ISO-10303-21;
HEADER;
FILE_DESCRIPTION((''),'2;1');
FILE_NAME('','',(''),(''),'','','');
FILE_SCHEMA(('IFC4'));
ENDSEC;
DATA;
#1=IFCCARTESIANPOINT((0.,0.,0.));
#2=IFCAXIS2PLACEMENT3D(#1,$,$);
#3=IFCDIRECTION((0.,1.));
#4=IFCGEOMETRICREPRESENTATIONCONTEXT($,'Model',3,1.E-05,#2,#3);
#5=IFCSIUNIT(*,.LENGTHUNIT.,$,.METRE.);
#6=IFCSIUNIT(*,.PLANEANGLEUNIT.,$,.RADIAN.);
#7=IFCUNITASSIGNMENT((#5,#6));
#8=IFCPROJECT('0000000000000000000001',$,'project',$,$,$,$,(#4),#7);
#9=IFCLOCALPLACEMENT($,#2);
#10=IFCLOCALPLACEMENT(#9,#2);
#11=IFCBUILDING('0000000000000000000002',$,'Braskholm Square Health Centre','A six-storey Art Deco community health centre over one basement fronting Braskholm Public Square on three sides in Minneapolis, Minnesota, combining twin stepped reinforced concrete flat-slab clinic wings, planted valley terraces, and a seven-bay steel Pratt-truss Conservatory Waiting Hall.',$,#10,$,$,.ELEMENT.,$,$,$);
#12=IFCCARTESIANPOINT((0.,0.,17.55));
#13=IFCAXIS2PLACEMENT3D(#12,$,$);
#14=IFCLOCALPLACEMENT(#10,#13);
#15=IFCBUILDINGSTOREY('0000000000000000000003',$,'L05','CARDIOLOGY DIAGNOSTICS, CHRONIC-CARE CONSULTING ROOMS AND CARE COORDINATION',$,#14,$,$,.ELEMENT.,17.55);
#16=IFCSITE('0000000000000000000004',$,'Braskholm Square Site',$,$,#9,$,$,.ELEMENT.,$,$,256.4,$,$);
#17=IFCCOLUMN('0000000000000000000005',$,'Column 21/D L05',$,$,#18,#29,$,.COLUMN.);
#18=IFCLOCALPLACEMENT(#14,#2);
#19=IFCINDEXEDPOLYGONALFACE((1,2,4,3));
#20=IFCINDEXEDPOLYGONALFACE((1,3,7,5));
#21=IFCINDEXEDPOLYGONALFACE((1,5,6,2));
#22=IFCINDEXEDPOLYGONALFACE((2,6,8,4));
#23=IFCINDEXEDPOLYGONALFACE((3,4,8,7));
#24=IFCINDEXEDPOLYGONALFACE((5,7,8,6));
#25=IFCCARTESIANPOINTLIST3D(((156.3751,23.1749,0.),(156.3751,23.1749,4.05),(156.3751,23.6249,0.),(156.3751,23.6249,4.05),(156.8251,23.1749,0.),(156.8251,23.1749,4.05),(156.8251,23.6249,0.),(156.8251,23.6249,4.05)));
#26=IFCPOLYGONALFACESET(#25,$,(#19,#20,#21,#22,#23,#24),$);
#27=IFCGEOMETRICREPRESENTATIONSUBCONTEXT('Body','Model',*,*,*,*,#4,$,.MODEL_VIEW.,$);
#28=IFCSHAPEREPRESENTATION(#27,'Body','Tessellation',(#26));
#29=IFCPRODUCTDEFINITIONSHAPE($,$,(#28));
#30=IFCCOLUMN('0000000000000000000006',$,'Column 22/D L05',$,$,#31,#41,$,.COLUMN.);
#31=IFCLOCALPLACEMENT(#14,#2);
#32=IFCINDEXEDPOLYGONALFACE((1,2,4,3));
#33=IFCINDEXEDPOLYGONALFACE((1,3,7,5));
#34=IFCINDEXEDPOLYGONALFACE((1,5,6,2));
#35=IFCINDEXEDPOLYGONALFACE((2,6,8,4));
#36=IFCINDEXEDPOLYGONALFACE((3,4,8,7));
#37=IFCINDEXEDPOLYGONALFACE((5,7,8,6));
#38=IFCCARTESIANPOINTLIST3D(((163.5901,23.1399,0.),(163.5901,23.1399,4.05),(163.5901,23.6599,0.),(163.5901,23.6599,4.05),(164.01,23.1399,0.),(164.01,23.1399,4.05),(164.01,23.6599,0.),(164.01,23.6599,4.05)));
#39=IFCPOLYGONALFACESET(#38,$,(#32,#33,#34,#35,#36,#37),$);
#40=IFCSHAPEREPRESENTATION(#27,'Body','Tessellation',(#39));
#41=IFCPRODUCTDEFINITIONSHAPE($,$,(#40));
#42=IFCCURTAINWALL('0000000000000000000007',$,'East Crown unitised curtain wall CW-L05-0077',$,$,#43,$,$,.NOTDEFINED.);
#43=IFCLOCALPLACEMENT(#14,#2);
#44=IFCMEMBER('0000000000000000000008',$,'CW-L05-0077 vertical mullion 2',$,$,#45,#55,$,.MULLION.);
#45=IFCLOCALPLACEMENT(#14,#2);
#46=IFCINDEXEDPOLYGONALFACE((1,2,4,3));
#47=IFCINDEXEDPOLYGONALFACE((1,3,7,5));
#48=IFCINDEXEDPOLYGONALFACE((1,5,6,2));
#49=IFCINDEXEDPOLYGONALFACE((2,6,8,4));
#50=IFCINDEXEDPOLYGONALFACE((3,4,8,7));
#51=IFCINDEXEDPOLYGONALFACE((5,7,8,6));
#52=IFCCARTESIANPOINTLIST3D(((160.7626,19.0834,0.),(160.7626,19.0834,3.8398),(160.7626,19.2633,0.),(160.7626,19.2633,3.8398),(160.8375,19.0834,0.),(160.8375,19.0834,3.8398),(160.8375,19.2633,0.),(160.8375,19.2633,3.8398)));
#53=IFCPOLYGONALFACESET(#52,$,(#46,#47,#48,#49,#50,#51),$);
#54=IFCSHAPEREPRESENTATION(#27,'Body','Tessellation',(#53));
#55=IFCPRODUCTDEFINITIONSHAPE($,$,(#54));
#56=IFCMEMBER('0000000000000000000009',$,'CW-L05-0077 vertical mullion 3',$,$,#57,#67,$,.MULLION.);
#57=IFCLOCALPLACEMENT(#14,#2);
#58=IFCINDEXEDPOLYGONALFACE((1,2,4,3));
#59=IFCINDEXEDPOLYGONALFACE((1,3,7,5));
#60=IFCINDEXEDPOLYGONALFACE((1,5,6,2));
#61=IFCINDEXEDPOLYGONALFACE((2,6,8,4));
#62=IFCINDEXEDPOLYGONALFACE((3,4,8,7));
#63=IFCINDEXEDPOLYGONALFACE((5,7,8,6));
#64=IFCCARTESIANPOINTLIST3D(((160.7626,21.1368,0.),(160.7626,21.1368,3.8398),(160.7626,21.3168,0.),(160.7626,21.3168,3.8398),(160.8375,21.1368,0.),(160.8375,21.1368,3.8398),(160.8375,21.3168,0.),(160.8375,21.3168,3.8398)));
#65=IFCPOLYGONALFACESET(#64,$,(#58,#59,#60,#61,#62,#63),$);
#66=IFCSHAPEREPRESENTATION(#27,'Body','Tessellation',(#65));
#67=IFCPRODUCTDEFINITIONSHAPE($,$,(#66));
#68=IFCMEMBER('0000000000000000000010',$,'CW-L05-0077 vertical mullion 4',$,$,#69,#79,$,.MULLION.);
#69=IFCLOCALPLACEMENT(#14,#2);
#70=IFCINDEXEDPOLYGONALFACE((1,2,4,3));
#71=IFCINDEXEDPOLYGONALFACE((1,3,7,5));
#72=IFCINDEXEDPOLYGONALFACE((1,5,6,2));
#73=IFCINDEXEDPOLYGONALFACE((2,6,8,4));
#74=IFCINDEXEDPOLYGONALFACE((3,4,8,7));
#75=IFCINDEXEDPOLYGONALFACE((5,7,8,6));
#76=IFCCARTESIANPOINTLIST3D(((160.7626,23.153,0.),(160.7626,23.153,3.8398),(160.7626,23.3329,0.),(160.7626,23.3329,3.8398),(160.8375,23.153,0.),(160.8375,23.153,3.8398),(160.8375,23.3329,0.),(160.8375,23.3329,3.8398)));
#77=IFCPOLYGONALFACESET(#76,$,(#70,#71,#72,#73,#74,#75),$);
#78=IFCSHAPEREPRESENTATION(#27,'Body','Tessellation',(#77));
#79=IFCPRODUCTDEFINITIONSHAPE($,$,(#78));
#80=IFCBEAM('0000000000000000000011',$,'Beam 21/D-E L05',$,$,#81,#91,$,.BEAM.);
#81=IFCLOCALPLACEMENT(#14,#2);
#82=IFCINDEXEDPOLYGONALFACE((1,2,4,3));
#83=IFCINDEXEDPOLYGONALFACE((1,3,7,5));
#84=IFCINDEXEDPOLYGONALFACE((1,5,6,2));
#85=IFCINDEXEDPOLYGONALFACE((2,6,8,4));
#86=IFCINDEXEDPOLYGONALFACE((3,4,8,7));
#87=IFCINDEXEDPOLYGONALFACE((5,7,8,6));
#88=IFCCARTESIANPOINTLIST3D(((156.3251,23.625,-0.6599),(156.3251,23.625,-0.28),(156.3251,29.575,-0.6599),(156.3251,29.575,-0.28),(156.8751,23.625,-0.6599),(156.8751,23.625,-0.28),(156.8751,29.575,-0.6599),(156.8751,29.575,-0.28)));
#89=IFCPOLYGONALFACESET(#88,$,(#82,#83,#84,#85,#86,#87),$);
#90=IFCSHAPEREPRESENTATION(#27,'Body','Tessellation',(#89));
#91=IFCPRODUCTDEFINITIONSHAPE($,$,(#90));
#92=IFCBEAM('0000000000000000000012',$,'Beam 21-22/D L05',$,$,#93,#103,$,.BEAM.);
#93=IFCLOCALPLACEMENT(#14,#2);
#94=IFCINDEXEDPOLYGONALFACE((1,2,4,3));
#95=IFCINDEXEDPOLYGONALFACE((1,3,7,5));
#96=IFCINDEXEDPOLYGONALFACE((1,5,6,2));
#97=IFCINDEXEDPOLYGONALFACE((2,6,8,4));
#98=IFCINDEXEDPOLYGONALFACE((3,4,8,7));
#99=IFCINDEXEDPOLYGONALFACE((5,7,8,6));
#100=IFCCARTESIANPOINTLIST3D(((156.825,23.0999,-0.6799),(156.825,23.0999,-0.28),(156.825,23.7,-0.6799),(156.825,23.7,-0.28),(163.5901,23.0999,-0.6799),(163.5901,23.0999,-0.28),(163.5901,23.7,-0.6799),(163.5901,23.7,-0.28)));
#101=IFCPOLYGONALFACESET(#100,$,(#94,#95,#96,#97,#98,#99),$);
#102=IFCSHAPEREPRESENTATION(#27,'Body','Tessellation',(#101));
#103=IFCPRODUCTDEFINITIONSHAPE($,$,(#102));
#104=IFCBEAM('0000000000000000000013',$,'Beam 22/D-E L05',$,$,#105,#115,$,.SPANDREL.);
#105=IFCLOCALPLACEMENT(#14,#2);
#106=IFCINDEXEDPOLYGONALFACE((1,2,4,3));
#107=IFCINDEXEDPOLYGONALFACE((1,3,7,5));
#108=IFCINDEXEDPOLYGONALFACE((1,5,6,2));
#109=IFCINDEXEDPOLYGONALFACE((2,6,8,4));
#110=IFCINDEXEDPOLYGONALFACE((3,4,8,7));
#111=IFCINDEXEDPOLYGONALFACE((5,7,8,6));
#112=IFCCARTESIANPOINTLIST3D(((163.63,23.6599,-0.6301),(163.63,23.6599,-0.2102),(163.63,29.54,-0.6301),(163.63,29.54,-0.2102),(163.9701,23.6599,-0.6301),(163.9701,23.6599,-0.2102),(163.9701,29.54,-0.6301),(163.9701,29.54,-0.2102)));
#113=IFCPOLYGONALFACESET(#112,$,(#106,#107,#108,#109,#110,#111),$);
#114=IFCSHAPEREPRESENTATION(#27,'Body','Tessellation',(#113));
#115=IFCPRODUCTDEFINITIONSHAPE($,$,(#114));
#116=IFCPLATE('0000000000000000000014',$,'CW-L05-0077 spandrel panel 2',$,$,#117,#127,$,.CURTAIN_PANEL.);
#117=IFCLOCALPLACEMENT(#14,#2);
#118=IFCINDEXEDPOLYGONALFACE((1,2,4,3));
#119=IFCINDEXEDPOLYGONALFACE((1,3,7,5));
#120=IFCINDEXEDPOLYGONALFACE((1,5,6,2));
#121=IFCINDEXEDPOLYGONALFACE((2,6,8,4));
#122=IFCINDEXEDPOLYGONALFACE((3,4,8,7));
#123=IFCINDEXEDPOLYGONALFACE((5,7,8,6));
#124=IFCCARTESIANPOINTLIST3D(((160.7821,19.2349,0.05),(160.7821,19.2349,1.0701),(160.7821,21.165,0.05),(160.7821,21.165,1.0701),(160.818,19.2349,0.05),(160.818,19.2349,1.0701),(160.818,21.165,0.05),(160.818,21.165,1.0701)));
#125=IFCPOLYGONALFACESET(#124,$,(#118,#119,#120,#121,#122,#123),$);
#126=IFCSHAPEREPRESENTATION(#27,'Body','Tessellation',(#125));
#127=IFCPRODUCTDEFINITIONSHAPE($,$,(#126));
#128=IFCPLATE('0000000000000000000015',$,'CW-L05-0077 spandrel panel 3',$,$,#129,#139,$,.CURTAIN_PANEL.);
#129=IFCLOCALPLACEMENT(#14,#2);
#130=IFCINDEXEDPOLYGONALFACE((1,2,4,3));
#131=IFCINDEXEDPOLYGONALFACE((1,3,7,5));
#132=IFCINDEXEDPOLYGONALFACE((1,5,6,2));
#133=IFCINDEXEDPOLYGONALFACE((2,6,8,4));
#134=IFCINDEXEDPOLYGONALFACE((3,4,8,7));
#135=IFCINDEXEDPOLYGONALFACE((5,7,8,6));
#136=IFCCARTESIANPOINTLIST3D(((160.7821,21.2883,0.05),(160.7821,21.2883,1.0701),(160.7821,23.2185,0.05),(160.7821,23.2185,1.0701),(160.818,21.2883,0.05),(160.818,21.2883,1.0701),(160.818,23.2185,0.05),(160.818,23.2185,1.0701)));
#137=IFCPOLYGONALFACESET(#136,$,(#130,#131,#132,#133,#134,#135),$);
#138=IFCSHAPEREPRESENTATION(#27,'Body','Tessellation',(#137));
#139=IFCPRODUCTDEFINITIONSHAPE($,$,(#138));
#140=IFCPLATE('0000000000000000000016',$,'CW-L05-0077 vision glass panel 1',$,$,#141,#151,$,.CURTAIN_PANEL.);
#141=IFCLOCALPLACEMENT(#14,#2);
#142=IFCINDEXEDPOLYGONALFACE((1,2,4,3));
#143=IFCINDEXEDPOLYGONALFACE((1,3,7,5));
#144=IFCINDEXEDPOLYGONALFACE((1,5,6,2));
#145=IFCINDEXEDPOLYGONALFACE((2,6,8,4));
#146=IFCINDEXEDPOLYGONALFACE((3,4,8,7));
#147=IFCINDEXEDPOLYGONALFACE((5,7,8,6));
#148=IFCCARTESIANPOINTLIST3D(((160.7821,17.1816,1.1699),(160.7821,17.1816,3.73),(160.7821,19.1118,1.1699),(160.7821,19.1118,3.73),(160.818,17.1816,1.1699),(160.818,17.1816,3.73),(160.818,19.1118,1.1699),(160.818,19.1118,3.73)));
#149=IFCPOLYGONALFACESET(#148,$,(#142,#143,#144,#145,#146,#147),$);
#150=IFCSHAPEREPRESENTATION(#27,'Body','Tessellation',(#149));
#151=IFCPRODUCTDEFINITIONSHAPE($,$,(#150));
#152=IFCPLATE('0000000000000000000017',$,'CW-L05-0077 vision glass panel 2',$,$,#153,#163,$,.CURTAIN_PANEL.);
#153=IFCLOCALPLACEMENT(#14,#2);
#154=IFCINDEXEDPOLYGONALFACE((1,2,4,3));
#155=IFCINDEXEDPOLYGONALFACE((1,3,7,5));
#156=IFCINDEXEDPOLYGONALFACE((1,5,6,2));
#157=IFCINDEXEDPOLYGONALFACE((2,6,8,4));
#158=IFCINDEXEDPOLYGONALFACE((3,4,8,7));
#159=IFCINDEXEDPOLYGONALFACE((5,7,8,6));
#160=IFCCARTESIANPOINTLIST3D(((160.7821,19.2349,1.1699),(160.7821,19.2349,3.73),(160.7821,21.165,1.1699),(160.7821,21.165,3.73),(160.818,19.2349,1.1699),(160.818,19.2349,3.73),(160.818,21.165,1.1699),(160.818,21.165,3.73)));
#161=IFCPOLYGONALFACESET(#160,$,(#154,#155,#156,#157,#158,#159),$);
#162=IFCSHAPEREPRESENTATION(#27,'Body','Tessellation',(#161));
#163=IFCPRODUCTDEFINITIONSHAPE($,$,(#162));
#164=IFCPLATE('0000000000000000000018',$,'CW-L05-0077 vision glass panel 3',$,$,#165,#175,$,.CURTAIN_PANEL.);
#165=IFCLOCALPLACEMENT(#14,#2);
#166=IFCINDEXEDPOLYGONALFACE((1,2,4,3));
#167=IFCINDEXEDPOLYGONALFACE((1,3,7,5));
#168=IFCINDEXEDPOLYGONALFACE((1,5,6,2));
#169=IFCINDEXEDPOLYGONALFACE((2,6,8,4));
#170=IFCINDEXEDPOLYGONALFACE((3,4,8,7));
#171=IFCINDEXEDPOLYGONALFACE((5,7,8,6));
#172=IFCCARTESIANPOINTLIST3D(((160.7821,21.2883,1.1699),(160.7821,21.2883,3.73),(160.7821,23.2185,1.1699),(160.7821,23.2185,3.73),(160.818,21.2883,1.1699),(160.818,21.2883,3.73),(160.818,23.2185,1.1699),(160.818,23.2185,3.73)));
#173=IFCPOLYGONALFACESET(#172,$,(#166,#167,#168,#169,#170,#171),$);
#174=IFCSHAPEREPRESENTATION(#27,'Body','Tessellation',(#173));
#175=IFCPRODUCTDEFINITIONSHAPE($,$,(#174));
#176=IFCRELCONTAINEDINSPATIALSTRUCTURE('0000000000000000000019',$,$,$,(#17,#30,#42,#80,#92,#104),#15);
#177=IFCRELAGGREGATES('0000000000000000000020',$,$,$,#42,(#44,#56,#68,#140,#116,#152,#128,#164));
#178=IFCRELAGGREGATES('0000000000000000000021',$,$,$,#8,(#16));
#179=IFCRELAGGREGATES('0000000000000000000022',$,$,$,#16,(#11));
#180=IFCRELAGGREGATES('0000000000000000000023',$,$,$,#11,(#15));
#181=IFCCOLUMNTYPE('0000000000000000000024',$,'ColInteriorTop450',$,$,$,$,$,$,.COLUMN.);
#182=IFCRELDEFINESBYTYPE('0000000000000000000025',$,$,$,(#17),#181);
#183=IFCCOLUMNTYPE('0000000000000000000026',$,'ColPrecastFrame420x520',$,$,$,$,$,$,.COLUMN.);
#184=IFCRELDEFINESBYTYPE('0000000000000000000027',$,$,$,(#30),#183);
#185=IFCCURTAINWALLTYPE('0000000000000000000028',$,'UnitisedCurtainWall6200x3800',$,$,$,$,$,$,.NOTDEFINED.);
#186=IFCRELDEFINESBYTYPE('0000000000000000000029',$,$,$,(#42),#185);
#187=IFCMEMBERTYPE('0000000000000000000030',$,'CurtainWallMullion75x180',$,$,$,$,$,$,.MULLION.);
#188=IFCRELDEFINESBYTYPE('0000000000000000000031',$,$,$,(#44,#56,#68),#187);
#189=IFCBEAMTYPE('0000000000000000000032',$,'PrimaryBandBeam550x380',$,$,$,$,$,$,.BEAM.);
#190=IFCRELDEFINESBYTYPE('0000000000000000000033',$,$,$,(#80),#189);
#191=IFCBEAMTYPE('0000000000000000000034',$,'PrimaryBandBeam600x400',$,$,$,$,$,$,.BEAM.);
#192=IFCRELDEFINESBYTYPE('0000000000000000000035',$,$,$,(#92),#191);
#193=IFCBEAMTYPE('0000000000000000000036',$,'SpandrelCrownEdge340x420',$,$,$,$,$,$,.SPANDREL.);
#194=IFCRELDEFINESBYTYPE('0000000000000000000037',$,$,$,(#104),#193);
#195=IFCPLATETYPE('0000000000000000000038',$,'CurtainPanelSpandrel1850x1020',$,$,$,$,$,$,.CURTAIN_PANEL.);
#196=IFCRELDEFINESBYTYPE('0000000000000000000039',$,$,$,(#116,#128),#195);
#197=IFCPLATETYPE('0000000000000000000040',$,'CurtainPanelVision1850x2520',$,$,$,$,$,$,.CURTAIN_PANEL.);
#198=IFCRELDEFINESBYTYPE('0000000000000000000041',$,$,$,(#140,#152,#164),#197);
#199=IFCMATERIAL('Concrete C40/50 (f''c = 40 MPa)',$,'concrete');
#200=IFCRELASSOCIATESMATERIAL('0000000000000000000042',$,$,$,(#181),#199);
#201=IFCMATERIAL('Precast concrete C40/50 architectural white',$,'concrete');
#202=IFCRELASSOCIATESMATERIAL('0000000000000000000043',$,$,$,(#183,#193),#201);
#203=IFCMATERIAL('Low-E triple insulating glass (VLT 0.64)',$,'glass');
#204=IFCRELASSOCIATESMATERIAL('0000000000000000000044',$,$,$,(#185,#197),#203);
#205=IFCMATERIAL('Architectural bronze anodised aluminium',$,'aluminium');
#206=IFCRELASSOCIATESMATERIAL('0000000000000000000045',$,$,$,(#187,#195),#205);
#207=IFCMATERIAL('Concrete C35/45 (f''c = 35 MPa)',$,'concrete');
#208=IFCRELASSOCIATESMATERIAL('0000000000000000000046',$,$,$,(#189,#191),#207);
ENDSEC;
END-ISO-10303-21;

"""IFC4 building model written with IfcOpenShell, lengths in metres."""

from ifc_helpers import new_model, si_unit, direction, frame, origin, origin_2d, place, context, subcontext, project, spatial, rectangle, extrude, material, material_profile, profile_set, type_object, element, aggregate, save


model = new_model("IFC4")

# Units and contexts
model_context = context("Model", 3, precision=1e-05, world=origin(), true_north=direction((0.0, 1.0)))
body_context = subcontext(model_context, "Body", "Model", "MODEL_VIEW")
ifc_project = project(units=[si_unit("LENGTHUNIT", "METRE"), si_unit("PLANEANGLEUNIT", "RADIAN")], contexts=[model_context])

# Site, building, storey
site_placement = place(None, origin())
site = spatial("IfcSite", under=ifc_project, at=site_placement, Name="Braskholm Square Site", CompositionType="ELEMENT", RefElevation=256.4)
building_placement = place(site_placement, origin())
building = spatial("IfcBuilding", under=site, at=building_placement, Name="Braskholm Square Health Centre", Description="A six-storey Art Deco community health centre over one basement fronting Braskholm Public Square on three sides in Minneapolis, Minnesota, combining twin stepped reinforced concrete flat-slab clinic wings, planted valley terraces, and a seven-bay steel Pratt-truss Conservatory Waiting Hall.", CompositionType="ELEMENT")
storey_placement = place(building_placement, frame((0.0, 0.0, 17.55)))
storey = spatial("IfcBuildingStorey", under=building, at=storey_placement, Name="L05", Description="CARDIOLOGY DIAGNOSTICS, CHRONIC-CARE CONSULTING ROOMS AND CARE COORDINATION", CompositionType="ELEMENT", Elevation=17.55)

# Columns
ifc_material_1 = material(Name="Concrete C40/50 (f'c = 40 MPa)", Category="concrete")
ifc_material_profile_1 = material_profile(ifc_material_1, rectangle(XDim=0.45, YDim=0.45, at=origin_2d()), Name="RC-450X450")
ifc_profile_set_1 = profile_set([ifc_material_profile_1], Name="Concrete C40/50 (f'c = 40 MPa)")
column_type_1 = type_object("IfcColumnType", Name="ColInteriorTop450", PredefinedType="COLUMN", material=ifc_profile_set_1)
column_1_placement = place(storey_placement, frame((156.6001, 23.3999, 0.0), z_axis=(0.0, 0.0, 1.0), x_axis=(1.0, 0.0, 0.0)))
element("IfcColumn", 1, at=column_1_placement, inside=storey, type_object=column_type_1, Name="Column 21/D L05", PredefinedType="COLUMN", context=body_context, shape_type="SweptSolid", body=[
    extrude(rectangle(XDim=0.45, YDim=0.45, at=origin_2d()), origin(), (0.0, 0.0, 1.0), 4.05),
])
ifc_material_2 = material(Name="Precast concrete C40/50 architectural white", Category="concrete")
ifc_material_profile_2 = material_profile(ifc_material_2, rectangle(XDim=0.4199, YDim=0.52, at=origin_2d()), Name="RC-420X520")
ifc_profile_set_2 = profile_set([ifc_material_profile_2], Name="Precast concrete C40/50 architectural white")
column_type_2 = type_object("IfcColumnType", Name="ColPrecastFrame420x520", PredefinedType="COLUMN", material=ifc_profile_set_2)
column_2_placement = place(storey_placement, frame((163.8, 23.3999, 0.0), z_axis=(0.0, 0.0, 1.0), x_axis=(1.0, 0.0, 0.0)))
element("IfcColumn", 2, at=column_2_placement, inside=storey, type_object=column_type_2, Name="Column 22/D L05", PredefinedType="COLUMN", context=body_context, shape_type="SweptSolid", body=[
    extrude(rectangle(XDim=0.4199, YDim=0.52, at=origin_2d()), origin(), (0.0, 0.0, 1.0), 4.05),
])

# Curtain wall, members
ifc_material_3 = material(Name="Low-E triple insulating glass (VLT 0.64)", Category="glass")
curtain_wall_type = type_object("IfcCurtainWallType", Name="UnitisedCurtainWall6200x3800", PredefinedType="NOTDEFINED", material=ifc_material_3)
curtain_wall_placement = place(storey_placement, origin())
curtain_wall = element("IfcCurtainWall", 3, at=curtain_wall_placement, inside=storey, type_object=curtain_wall_type, Name="East Crown unitised curtain wall CW-L05-0077", PredefinedType="NOTDEFINED")
ifc_material_4 = material(Name="Architectural bronze anodised aluminium", Category="aluminium")
ifc_material_profile_3 = material_profile(ifc_material_4, rectangle(XDim=0.075, YDim=0.1799, at=origin_2d()), Name="ALU-75X180")
ifc_profile_set_3 = profile_set([ifc_material_profile_3], Name="Architectural bronze anodised aluminium")
member_type = type_object("IfcMemberType", Name="CurtainWallMullion75x180", PredefinedType="MULLION", material=ifc_profile_set_3)
member_1_placement = place(storey_placement, frame((160.8, 19.1733, 0.0), z_axis=(0.0, 0.0, 1.0), x_axis=(1.0, 0.0, 0.0)))
member_1 = element("IfcMember", 4, at=member_1_placement, type_object=member_type, Name="CW-L05-0077 vertical mullion 2", PredefinedType="MULLION", context=body_context, shape_type="SweptSolid", body=[
    extrude(rectangle(XDim=0.075, YDim=0.1799, at=origin_2d()), origin(), (0.0, 0.0, 1.0), 3.8398),
])
member_2_placement = place(storey_placement, frame((160.8, 21.2268, 0.0), z_axis=(0.0, 0.0, 1.0), x_axis=(1.0, 0.0, 0.0)))
member_2 = element("IfcMember", 5, at=member_2_placement, type_object=member_type, Name="CW-L05-0077 vertical mullion 3", PredefinedType="MULLION", context=body_context, shape_type="SweptSolid", body=[
    extrude(rectangle(XDim=0.075, YDim=0.1799, at=origin_2d()), origin(), (0.0, 0.0, 1.0), 3.8398),
])
member_3_placement = place(storey_placement, frame((160.8, 23.2429, 0.0), z_axis=(0.0, 0.0, 1.0), x_axis=(1.0, 0.0, 0.0)))
member_3 = element("IfcMember", 6, at=member_3_placement, type_object=member_type, Name="CW-L05-0077 vertical mullion 4", PredefinedType="MULLION", context=body_context, shape_type="SweptSolid", body=[
    extrude(rectangle(XDim=0.075, YDim=0.1799, at=origin_2d()), origin(), (0.0, 0.0, 1.0), 3.8398),
])

# Beams
ifc_material_5 = material(Name="Concrete C35/45 (f'c = 35 MPa)", Category="concrete")
ifc_material_profile_4 = material_profile(ifc_material_5, rectangle(XDim=0.55, YDim=0.3799, at=origin_2d()), Name="RCB-550X380")
ifc_profile_set_4 = profile_set([ifc_material_profile_4], Name="Concrete C35/45 (f'c = 35 MPa)")
beam_type_1 = type_object("IfcBeamType", Name="PrimaryBandBeam550x380", PredefinedType="BEAM", material=ifc_profile_set_4)
beam_1_placement = place(storey_placement, frame((156.6001, 23.625, -0.47), z_axis=(0.0, 1.0, 0.0), x_axis=(-1.0, 0.0, 0.0)))
element("IfcBeam", 7, at=beam_1_placement, inside=storey, type_object=beam_type_1, Name="Beam 21/D-E L05", PredefinedType="BEAM", context=body_context, shape_type="SweptSolid", body=[
    extrude(rectangle(XDim=0.55, YDim=0.3799, at=origin_2d()), origin(), (0.0, 0.0, 1.0), 5.95),
])
ifc_material_profile_5 = material_profile(ifc_material_5, rectangle(XDim=0.6001, YDim=0.3999, at=origin_2d()), Name="RCB-600X400")
ifc_profile_set_5 = profile_set([ifc_material_profile_5], Name="Concrete C35/45 (f'c = 35 MPa)")
beam_type_2 = type_object("IfcBeamType", Name="PrimaryBandBeam600x400", PredefinedType="BEAM", material=ifc_profile_set_5)
beam_2_placement = place(storey_placement, frame((156.825, 23.3999, -0.48), z_axis=(1.0, 0.0, 0.0), x_axis=(0.0, 1.0, 0.0)))
element("IfcBeam", 8, at=beam_2_placement, inside=storey, type_object=beam_type_2, Name="Beam 21-22/D L05", PredefinedType="BEAM", context=body_context, shape_type="SweptSolid", body=[
    extrude(rectangle(XDim=0.6001, YDim=0.3999, at=origin_2d()), origin(), (0.0, 0.0, 1.0), 6.7651),
])
ifc_material_profile_6 = material_profile(ifc_material_2, rectangle(XDim=0.3401, YDim=0.4199, at=origin_2d()), Name="RCB-340X420")
ifc_profile_set_6 = profile_set([ifc_material_profile_6], Name="Precast concrete C40/50 architectural white")
beam_type_3 = type_object("IfcBeamType", Name="SpandrelCrownEdge340x420", PredefinedType="SPANDREL", material=ifc_profile_set_6)
beam_3_placement = place(storey_placement, frame((163.8, 23.6599, -0.4202), z_axis=(0.0, 1.0, 0.0), x_axis=(-1.0, 0.0, 0.0)))
element("IfcBeam", 9, at=beam_3_placement, inside=storey, type_object=beam_type_3, Name="Beam 22/D-E L05", PredefinedType="SPANDREL", context=body_context, shape_type="SweptSolid", body=[
    extrude(rectangle(XDim=0.3401, YDim=0.4199, at=origin_2d()), origin(), (0.0, 0.0, 1.0), 5.8801),
])

# Plates
plate_type_1 = type_object("IfcPlateType", Name="CurtainPanelSpandrel1850x1020", PredefinedType="CURTAIN_PANEL", material=ifc_material_4)
plate_1_placement = place(storey_placement, frame((160.8, 20.2, 0.05), z_axis=(0.0, 0.0, 1.0), x_axis=(0.0, 1.0, 0.0)))
plate_1 = element("IfcPlate", 10, at=plate_1_placement, type_object=plate_type_1, Name="CW-L05-0077 spandrel panel 2", PredefinedType="CURTAIN_PANEL", context=body_context, shape_type="SweptSolid", body=[
    extrude(rectangle(XDim=1.9302, YDim=0.0359, at=origin_2d()), origin(), (0.0, 0.0, 1.0), 1.02),
])
plate_2_placement = place(storey_placement, frame((160.8, 22.2534, 0.05), z_axis=(0.0, 0.0, 1.0), x_axis=(0.0, 1.0, 0.0)))
plate_2 = element("IfcPlate", 11, at=plate_2_placement, type_object=plate_type_1, Name="CW-L05-0077 spandrel panel 3", PredefinedType="CURTAIN_PANEL", context=body_context, shape_type="SweptSolid", body=[
    extrude(rectangle(XDim=1.9302, YDim=0.0359, at=origin_2d()), origin(), (0.0, 0.0, 1.0), 1.02),
])
plate_type_2 = type_object("IfcPlateType", Name="CurtainPanelVision1850x2520", PredefinedType="CURTAIN_PANEL", material=ifc_material_3)
plate_3_placement = place(storey_placement, frame((160.8, 18.1467, 1.1699), z_axis=(0.0, 0.0, 1.0), x_axis=(0.0, 1.0, 0.0)))
plate_3 = element("IfcPlate", 12, at=plate_3_placement, type_object=plate_type_2, Name="CW-L05-0077 vision glass panel 1", PredefinedType="CURTAIN_PANEL", context=body_context, shape_type="SweptSolid", body=[
    extrude(rectangle(XDim=1.9302, YDim=0.0359, at=origin_2d()), origin(), (0.0, 0.0, 1.0), 2.5601),
])
plate_4_placement = place(storey_placement, frame((160.8, 20.2, 1.1699), z_axis=(0.0, 0.0, 1.0), x_axis=(0.0, 1.0, 0.0)))
plate_4 = element("IfcPlate", 13, at=plate_4_placement, type_object=plate_type_2, Name="CW-L05-0077 vision glass panel 2", PredefinedType="CURTAIN_PANEL", context=body_context, shape_type="SweptSolid", body=[
    extrude(rectangle(XDim=1.9302, YDim=0.0359, at=origin_2d()), origin(), (0.0, 0.0, 1.0), 2.5601),
])
plate_5_placement = place(storey_placement, frame((160.8, 22.2534, 1.1699), z_axis=(0.0, 0.0, 1.0), x_axis=(0.0, 1.0, 0.0)))
plate_5 = element("IfcPlate", 14, at=plate_5_placement, type_object=plate_type_2, Name="CW-L05-0077 vision glass panel 3", PredefinedType="CURTAIN_PANEL", context=body_context, shape_type="SweptSolid", body=[
    extrude(rectangle(XDim=1.9302, YDim=0.0359, at=origin_2d()), origin(), (0.0, 0.0, 1.0), 2.5601),
])
aggregate(curtain_wall, [member_1, member_2, member_3, plate_3, plate_1, plate_4, plate_2, plate_5])

save(model, "model.ifc")
